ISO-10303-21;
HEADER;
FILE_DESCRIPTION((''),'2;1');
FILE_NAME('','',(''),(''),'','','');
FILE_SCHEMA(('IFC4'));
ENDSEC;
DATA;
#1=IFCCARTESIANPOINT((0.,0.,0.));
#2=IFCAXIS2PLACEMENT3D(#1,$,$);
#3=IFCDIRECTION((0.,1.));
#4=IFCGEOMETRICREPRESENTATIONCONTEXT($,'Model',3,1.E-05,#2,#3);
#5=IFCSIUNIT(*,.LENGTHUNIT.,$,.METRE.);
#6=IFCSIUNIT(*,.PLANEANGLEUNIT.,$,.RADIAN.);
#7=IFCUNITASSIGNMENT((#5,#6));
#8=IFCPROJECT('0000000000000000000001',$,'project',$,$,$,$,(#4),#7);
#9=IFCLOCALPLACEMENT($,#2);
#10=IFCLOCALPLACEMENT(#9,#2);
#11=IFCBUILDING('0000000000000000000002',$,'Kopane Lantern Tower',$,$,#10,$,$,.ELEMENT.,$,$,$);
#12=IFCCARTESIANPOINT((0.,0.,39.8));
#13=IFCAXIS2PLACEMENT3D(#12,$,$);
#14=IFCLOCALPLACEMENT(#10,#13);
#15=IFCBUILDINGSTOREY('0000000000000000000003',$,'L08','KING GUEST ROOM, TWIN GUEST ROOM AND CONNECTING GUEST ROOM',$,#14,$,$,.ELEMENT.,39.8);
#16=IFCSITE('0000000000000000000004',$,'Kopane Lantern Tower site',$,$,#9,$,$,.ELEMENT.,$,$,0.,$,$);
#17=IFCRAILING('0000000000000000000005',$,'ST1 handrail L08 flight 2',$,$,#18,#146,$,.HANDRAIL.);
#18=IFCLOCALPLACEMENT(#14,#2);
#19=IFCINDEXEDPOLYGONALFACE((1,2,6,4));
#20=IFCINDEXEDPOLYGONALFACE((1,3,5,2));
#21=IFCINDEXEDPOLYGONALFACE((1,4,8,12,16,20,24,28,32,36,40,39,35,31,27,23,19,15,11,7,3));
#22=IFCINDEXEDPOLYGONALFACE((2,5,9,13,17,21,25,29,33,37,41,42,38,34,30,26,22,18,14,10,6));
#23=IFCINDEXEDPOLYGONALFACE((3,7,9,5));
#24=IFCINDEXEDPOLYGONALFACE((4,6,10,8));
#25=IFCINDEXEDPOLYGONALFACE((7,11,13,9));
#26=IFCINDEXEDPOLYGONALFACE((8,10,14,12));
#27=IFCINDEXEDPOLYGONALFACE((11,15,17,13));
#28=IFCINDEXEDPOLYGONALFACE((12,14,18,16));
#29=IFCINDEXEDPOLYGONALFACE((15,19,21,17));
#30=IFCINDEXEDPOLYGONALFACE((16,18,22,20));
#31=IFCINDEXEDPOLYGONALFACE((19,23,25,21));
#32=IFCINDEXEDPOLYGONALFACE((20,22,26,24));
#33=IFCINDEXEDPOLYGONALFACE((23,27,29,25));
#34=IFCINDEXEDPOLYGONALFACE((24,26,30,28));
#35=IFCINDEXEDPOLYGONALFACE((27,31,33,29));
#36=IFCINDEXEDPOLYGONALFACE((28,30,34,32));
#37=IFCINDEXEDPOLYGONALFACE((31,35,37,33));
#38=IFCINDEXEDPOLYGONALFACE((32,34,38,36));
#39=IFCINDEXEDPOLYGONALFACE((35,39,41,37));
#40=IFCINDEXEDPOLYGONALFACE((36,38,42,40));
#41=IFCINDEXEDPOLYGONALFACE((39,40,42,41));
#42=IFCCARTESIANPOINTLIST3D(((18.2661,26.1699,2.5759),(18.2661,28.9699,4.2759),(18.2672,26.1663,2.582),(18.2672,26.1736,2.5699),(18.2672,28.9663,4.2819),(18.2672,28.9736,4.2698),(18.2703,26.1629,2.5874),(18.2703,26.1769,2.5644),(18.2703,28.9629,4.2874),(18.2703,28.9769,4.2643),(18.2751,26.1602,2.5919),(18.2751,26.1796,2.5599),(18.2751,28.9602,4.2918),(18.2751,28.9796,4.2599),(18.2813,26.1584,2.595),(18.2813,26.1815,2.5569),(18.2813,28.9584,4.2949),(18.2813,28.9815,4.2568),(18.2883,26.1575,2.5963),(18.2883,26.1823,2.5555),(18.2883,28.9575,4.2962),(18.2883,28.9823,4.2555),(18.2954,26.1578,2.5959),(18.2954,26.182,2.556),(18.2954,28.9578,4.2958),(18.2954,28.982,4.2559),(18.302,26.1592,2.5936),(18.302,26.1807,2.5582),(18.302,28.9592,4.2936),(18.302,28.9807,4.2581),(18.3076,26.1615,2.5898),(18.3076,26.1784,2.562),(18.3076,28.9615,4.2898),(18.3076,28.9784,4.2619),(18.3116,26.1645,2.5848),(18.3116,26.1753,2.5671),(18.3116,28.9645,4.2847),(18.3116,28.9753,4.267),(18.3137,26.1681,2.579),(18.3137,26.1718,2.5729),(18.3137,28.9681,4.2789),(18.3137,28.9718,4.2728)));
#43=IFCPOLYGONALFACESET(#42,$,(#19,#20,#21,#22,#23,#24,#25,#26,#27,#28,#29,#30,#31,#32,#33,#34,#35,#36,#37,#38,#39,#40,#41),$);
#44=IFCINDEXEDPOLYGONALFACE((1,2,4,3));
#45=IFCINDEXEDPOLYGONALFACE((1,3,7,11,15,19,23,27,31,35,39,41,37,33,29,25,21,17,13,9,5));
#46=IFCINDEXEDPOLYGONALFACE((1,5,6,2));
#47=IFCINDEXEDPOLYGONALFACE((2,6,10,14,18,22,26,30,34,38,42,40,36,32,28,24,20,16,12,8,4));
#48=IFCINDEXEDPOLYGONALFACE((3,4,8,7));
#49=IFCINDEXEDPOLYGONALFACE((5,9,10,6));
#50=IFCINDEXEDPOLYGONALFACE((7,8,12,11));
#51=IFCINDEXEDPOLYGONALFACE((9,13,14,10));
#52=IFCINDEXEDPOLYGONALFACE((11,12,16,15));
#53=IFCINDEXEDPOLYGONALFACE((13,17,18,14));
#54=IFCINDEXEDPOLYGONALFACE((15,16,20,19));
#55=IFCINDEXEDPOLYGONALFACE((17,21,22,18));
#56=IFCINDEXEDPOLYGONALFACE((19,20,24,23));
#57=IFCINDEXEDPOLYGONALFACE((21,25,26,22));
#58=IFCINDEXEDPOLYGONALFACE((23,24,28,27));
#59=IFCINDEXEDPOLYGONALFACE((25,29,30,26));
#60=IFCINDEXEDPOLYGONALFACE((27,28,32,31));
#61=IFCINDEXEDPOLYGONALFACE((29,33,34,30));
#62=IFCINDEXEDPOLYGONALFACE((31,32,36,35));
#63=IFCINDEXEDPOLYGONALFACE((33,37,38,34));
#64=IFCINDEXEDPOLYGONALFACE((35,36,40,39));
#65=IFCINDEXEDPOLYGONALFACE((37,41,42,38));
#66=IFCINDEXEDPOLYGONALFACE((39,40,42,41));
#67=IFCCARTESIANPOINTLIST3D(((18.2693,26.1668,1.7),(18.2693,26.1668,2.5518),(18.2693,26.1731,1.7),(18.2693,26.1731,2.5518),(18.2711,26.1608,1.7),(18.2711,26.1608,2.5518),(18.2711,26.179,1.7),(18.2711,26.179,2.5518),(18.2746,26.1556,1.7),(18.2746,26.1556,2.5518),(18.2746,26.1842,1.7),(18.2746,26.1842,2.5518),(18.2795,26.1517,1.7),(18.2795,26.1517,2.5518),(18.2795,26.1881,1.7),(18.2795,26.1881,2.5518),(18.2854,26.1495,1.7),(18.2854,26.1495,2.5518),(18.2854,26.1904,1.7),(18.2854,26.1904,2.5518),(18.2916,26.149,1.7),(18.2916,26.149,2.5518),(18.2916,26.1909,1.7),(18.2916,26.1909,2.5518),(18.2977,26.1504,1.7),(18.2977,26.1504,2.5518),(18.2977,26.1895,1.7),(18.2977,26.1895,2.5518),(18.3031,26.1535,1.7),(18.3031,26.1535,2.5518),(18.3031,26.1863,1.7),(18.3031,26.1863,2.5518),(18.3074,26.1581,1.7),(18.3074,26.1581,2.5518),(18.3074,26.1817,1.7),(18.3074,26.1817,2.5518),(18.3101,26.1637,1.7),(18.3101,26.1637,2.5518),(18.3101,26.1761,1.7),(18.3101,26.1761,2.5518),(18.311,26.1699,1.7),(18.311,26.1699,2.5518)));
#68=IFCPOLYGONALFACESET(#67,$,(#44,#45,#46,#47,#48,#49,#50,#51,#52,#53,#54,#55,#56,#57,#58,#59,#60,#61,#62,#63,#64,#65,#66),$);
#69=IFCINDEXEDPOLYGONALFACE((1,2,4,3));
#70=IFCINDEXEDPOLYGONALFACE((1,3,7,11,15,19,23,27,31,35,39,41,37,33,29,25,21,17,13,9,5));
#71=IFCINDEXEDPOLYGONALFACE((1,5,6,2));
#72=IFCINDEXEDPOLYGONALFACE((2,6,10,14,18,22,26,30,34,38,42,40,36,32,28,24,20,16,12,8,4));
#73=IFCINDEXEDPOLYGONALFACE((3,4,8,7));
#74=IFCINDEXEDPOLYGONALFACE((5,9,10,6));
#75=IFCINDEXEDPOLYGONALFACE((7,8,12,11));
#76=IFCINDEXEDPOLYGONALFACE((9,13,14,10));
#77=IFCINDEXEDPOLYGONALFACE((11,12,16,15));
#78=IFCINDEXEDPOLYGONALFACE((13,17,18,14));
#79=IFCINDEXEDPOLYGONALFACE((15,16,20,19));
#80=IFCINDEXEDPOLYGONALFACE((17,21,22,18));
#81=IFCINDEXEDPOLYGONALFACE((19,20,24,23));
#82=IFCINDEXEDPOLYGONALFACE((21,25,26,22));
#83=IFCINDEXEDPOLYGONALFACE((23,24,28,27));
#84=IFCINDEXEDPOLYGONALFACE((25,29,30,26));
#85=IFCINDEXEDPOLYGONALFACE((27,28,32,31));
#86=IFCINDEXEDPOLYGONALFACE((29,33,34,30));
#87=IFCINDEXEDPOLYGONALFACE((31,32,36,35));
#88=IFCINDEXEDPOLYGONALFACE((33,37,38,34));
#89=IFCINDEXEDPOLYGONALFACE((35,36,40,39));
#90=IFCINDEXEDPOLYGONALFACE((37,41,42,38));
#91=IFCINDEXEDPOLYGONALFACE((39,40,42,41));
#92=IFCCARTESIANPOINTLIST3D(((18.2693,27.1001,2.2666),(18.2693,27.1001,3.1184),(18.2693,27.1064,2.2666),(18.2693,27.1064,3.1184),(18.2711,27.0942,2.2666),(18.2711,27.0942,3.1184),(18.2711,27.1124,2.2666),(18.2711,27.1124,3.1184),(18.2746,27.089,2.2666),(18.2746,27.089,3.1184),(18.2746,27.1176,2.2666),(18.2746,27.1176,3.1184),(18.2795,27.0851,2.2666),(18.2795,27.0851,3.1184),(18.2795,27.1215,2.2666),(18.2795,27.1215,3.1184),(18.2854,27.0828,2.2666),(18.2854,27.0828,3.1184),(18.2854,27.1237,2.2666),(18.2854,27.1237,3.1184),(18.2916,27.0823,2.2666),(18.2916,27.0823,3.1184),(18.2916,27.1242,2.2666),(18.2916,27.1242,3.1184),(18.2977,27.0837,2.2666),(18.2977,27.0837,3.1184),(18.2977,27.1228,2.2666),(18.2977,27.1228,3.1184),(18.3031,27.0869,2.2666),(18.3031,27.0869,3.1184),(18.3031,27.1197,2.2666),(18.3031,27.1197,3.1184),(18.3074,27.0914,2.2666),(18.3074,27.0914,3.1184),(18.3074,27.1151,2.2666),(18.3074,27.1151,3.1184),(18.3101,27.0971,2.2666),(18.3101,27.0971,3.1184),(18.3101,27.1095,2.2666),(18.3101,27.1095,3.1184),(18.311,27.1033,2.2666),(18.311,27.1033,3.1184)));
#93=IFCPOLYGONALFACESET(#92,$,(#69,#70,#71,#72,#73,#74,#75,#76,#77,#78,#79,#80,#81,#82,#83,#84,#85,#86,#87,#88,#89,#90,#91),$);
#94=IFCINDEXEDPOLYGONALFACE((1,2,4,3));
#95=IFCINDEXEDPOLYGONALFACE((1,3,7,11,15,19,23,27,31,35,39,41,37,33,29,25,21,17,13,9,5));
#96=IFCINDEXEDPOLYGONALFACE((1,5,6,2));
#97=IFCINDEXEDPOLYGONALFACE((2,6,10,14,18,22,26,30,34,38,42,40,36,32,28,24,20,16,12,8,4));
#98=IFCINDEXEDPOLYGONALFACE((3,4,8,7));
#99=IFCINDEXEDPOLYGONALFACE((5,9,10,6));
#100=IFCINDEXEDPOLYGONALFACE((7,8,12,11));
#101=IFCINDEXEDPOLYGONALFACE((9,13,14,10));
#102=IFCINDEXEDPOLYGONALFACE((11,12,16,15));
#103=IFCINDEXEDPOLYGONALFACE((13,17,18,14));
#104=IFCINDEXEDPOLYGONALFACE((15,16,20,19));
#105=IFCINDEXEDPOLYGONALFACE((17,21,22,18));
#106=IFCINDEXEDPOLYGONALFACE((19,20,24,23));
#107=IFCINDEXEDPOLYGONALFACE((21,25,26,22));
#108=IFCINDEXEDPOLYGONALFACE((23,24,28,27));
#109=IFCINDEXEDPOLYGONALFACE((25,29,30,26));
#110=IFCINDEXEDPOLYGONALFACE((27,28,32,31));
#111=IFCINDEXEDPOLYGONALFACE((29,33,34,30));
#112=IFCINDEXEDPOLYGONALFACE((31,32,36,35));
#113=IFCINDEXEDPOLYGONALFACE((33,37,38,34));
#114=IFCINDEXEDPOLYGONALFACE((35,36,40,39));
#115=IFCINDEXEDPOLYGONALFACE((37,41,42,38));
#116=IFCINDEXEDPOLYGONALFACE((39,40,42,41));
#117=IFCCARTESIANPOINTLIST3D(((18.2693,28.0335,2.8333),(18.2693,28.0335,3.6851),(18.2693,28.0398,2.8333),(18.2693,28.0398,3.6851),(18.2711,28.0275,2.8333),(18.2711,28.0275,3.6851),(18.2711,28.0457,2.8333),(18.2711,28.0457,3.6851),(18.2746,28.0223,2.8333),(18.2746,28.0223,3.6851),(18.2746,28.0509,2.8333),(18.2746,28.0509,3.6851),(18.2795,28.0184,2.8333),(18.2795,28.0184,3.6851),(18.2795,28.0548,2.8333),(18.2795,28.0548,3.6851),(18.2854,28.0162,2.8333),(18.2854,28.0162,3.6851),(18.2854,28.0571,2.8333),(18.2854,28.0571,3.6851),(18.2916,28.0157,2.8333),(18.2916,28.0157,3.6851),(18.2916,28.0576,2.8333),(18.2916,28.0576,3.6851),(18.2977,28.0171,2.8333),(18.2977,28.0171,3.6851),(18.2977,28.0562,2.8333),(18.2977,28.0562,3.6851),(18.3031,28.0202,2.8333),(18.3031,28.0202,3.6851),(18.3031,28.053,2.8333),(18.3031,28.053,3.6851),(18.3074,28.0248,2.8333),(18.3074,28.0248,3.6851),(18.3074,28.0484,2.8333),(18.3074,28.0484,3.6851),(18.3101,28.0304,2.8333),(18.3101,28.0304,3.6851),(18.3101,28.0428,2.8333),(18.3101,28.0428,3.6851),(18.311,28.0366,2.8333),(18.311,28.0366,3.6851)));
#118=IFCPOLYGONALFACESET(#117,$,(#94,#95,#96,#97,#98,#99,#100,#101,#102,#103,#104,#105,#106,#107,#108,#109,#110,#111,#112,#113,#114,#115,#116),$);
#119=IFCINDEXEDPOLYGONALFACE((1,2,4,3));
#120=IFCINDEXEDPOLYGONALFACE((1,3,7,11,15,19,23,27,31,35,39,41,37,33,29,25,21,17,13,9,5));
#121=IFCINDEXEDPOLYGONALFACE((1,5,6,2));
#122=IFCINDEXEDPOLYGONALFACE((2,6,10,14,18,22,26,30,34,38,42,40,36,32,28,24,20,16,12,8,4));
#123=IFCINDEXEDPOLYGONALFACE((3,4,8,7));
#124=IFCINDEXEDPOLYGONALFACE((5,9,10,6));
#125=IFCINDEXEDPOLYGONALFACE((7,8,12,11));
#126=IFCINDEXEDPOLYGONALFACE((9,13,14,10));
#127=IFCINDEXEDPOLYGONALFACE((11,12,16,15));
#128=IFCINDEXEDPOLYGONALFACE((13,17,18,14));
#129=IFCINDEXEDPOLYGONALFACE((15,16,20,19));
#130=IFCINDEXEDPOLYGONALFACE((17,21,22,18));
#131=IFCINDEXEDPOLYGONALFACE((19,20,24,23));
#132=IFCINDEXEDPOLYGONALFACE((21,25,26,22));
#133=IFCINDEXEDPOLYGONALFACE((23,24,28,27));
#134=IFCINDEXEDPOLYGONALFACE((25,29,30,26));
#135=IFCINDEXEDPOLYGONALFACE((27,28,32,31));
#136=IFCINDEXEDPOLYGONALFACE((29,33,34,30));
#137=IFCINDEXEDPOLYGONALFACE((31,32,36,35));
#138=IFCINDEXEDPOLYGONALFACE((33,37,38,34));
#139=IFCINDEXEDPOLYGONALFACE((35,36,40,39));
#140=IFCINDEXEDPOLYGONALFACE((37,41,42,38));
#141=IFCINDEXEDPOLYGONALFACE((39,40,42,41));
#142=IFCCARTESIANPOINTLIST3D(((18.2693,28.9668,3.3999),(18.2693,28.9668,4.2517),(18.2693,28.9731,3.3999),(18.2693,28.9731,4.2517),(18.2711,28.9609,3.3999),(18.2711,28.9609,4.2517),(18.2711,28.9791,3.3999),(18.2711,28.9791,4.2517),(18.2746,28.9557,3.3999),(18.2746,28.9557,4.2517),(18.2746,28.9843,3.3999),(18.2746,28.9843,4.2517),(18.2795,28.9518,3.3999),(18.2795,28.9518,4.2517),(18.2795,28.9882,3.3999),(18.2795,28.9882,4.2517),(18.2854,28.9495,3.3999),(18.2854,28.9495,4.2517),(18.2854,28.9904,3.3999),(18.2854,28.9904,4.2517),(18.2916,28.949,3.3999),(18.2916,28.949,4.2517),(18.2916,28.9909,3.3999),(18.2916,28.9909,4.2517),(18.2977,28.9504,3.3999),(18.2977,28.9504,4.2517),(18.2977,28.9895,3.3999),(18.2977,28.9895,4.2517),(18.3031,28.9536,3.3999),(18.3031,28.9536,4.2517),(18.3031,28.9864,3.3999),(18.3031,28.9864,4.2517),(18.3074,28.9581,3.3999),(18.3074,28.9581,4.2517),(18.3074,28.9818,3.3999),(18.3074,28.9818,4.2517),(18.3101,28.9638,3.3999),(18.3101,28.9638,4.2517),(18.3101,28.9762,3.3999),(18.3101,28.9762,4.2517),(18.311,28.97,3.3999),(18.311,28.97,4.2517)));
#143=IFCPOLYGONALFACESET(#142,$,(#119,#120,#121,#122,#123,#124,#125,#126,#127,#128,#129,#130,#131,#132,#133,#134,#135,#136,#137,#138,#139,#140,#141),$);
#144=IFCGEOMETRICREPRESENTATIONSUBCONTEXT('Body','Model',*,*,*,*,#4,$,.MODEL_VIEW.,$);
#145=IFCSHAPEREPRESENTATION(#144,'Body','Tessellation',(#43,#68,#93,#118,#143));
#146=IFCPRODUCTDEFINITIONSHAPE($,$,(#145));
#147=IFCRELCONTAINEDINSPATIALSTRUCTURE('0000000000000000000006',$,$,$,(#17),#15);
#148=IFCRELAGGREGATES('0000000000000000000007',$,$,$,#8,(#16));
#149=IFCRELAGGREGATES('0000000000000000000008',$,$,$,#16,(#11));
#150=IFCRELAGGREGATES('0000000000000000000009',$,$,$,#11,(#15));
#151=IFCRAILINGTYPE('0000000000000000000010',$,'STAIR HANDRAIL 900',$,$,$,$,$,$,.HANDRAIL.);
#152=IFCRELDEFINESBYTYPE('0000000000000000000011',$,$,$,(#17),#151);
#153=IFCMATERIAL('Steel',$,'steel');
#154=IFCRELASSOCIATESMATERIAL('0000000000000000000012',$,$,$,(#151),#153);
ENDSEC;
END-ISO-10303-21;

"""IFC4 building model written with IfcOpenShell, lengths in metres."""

from ifc_helpers import new_model, si_unit, direction, frame, origin, origin_2d, place, context, subcontext, project, spatial, circle, extrude, material, type_object, element, save


model = new_model("IFC4")

# Units and contexts
model_context = context("Model", 3, precision=1e-05, world=origin(), true_north=direction((0.0, 1.0)))
body_context = subcontext(model_context, "Body", "Model", "MODEL_VIEW")
ifc_project = project(units=[si_unit("LENGTHUNIT", "METRE"), si_unit("PLANEANGLEUNIT", "RADIAN")], contexts=[model_context])

# Site, building, storey
site_placement = place(None, origin())
site = spatial("IfcSite", under=ifc_project, at=site_placement, Name="Kopane Lantern Tower site", CompositionType="ELEMENT", RefElevation=0.0)
building_placement = place(site_placement, origin())
building = spatial("IfcBuilding", under=site, at=building_placement, Name="Kopane Lantern Tower", CompositionType="ELEMENT")
storey_placement = place(building_placement, frame((0.0, 0.0, 39.8)))
storey = spatial("IfcBuildingStorey", under=building, at=storey_placement, Name="L08", Description="KING GUEST ROOM, TWIN GUEST ROOM AND CONNECTING GUEST ROOM", CompositionType="ELEMENT", Elevation=39.8)

# Railing
ifc_material_1 = material(Name="Steel", Category="steel")
railing_type_1 = type_object("IfcRailingType", Name="STAIR HANDRAIL 900", PredefinedType="HANDRAIL", material=ifc_material_1)
for number, where, name in (
    (1, (18.29, 26.1699, 1.7), "ST1 handrail L08 flight 2"),
):
    element("IfcRailing", number, at=place(storey_placement, frame(where)), inside=storey, type_object=railing_type_1, Name=name, PredefinedType="HANDRAIL", context=body_context, shape_type="SweptSolid", body=[
        extrude(circle(Radius=0.0239, at=origin_2d()), frame((0.0, 0.0, 0.876), z_axis=(0.0, 0.854798, 0.518961), x_axis=(-1.0, 0.0, 0.0)), (0.0, 0.0, 1.0), 3.2756),
        extrude(circle(Radius=0.021, at=origin_2d()), origin(), (0.0, 0.0, 1.0), 0.8518),
        extrude(circle(Radius=0.021, at=origin_2d()), frame((0.0, 0.9333, 0.5667)), (0.0, 0.0, 1.0), 0.8518),
        extrude(circle(Radius=0.021, at=origin_2d()), frame((0.0, 1.8667, 1.1333)), (0.0, 0.0, 1.0), 0.8518),
        extrude(circle(Radius=0.021, at=origin_2d()), frame((0.0, 2.8, 1.7)), (0.0, 0.0, 1.0), 0.8518),
    ])

save(model, "model.ifc")
